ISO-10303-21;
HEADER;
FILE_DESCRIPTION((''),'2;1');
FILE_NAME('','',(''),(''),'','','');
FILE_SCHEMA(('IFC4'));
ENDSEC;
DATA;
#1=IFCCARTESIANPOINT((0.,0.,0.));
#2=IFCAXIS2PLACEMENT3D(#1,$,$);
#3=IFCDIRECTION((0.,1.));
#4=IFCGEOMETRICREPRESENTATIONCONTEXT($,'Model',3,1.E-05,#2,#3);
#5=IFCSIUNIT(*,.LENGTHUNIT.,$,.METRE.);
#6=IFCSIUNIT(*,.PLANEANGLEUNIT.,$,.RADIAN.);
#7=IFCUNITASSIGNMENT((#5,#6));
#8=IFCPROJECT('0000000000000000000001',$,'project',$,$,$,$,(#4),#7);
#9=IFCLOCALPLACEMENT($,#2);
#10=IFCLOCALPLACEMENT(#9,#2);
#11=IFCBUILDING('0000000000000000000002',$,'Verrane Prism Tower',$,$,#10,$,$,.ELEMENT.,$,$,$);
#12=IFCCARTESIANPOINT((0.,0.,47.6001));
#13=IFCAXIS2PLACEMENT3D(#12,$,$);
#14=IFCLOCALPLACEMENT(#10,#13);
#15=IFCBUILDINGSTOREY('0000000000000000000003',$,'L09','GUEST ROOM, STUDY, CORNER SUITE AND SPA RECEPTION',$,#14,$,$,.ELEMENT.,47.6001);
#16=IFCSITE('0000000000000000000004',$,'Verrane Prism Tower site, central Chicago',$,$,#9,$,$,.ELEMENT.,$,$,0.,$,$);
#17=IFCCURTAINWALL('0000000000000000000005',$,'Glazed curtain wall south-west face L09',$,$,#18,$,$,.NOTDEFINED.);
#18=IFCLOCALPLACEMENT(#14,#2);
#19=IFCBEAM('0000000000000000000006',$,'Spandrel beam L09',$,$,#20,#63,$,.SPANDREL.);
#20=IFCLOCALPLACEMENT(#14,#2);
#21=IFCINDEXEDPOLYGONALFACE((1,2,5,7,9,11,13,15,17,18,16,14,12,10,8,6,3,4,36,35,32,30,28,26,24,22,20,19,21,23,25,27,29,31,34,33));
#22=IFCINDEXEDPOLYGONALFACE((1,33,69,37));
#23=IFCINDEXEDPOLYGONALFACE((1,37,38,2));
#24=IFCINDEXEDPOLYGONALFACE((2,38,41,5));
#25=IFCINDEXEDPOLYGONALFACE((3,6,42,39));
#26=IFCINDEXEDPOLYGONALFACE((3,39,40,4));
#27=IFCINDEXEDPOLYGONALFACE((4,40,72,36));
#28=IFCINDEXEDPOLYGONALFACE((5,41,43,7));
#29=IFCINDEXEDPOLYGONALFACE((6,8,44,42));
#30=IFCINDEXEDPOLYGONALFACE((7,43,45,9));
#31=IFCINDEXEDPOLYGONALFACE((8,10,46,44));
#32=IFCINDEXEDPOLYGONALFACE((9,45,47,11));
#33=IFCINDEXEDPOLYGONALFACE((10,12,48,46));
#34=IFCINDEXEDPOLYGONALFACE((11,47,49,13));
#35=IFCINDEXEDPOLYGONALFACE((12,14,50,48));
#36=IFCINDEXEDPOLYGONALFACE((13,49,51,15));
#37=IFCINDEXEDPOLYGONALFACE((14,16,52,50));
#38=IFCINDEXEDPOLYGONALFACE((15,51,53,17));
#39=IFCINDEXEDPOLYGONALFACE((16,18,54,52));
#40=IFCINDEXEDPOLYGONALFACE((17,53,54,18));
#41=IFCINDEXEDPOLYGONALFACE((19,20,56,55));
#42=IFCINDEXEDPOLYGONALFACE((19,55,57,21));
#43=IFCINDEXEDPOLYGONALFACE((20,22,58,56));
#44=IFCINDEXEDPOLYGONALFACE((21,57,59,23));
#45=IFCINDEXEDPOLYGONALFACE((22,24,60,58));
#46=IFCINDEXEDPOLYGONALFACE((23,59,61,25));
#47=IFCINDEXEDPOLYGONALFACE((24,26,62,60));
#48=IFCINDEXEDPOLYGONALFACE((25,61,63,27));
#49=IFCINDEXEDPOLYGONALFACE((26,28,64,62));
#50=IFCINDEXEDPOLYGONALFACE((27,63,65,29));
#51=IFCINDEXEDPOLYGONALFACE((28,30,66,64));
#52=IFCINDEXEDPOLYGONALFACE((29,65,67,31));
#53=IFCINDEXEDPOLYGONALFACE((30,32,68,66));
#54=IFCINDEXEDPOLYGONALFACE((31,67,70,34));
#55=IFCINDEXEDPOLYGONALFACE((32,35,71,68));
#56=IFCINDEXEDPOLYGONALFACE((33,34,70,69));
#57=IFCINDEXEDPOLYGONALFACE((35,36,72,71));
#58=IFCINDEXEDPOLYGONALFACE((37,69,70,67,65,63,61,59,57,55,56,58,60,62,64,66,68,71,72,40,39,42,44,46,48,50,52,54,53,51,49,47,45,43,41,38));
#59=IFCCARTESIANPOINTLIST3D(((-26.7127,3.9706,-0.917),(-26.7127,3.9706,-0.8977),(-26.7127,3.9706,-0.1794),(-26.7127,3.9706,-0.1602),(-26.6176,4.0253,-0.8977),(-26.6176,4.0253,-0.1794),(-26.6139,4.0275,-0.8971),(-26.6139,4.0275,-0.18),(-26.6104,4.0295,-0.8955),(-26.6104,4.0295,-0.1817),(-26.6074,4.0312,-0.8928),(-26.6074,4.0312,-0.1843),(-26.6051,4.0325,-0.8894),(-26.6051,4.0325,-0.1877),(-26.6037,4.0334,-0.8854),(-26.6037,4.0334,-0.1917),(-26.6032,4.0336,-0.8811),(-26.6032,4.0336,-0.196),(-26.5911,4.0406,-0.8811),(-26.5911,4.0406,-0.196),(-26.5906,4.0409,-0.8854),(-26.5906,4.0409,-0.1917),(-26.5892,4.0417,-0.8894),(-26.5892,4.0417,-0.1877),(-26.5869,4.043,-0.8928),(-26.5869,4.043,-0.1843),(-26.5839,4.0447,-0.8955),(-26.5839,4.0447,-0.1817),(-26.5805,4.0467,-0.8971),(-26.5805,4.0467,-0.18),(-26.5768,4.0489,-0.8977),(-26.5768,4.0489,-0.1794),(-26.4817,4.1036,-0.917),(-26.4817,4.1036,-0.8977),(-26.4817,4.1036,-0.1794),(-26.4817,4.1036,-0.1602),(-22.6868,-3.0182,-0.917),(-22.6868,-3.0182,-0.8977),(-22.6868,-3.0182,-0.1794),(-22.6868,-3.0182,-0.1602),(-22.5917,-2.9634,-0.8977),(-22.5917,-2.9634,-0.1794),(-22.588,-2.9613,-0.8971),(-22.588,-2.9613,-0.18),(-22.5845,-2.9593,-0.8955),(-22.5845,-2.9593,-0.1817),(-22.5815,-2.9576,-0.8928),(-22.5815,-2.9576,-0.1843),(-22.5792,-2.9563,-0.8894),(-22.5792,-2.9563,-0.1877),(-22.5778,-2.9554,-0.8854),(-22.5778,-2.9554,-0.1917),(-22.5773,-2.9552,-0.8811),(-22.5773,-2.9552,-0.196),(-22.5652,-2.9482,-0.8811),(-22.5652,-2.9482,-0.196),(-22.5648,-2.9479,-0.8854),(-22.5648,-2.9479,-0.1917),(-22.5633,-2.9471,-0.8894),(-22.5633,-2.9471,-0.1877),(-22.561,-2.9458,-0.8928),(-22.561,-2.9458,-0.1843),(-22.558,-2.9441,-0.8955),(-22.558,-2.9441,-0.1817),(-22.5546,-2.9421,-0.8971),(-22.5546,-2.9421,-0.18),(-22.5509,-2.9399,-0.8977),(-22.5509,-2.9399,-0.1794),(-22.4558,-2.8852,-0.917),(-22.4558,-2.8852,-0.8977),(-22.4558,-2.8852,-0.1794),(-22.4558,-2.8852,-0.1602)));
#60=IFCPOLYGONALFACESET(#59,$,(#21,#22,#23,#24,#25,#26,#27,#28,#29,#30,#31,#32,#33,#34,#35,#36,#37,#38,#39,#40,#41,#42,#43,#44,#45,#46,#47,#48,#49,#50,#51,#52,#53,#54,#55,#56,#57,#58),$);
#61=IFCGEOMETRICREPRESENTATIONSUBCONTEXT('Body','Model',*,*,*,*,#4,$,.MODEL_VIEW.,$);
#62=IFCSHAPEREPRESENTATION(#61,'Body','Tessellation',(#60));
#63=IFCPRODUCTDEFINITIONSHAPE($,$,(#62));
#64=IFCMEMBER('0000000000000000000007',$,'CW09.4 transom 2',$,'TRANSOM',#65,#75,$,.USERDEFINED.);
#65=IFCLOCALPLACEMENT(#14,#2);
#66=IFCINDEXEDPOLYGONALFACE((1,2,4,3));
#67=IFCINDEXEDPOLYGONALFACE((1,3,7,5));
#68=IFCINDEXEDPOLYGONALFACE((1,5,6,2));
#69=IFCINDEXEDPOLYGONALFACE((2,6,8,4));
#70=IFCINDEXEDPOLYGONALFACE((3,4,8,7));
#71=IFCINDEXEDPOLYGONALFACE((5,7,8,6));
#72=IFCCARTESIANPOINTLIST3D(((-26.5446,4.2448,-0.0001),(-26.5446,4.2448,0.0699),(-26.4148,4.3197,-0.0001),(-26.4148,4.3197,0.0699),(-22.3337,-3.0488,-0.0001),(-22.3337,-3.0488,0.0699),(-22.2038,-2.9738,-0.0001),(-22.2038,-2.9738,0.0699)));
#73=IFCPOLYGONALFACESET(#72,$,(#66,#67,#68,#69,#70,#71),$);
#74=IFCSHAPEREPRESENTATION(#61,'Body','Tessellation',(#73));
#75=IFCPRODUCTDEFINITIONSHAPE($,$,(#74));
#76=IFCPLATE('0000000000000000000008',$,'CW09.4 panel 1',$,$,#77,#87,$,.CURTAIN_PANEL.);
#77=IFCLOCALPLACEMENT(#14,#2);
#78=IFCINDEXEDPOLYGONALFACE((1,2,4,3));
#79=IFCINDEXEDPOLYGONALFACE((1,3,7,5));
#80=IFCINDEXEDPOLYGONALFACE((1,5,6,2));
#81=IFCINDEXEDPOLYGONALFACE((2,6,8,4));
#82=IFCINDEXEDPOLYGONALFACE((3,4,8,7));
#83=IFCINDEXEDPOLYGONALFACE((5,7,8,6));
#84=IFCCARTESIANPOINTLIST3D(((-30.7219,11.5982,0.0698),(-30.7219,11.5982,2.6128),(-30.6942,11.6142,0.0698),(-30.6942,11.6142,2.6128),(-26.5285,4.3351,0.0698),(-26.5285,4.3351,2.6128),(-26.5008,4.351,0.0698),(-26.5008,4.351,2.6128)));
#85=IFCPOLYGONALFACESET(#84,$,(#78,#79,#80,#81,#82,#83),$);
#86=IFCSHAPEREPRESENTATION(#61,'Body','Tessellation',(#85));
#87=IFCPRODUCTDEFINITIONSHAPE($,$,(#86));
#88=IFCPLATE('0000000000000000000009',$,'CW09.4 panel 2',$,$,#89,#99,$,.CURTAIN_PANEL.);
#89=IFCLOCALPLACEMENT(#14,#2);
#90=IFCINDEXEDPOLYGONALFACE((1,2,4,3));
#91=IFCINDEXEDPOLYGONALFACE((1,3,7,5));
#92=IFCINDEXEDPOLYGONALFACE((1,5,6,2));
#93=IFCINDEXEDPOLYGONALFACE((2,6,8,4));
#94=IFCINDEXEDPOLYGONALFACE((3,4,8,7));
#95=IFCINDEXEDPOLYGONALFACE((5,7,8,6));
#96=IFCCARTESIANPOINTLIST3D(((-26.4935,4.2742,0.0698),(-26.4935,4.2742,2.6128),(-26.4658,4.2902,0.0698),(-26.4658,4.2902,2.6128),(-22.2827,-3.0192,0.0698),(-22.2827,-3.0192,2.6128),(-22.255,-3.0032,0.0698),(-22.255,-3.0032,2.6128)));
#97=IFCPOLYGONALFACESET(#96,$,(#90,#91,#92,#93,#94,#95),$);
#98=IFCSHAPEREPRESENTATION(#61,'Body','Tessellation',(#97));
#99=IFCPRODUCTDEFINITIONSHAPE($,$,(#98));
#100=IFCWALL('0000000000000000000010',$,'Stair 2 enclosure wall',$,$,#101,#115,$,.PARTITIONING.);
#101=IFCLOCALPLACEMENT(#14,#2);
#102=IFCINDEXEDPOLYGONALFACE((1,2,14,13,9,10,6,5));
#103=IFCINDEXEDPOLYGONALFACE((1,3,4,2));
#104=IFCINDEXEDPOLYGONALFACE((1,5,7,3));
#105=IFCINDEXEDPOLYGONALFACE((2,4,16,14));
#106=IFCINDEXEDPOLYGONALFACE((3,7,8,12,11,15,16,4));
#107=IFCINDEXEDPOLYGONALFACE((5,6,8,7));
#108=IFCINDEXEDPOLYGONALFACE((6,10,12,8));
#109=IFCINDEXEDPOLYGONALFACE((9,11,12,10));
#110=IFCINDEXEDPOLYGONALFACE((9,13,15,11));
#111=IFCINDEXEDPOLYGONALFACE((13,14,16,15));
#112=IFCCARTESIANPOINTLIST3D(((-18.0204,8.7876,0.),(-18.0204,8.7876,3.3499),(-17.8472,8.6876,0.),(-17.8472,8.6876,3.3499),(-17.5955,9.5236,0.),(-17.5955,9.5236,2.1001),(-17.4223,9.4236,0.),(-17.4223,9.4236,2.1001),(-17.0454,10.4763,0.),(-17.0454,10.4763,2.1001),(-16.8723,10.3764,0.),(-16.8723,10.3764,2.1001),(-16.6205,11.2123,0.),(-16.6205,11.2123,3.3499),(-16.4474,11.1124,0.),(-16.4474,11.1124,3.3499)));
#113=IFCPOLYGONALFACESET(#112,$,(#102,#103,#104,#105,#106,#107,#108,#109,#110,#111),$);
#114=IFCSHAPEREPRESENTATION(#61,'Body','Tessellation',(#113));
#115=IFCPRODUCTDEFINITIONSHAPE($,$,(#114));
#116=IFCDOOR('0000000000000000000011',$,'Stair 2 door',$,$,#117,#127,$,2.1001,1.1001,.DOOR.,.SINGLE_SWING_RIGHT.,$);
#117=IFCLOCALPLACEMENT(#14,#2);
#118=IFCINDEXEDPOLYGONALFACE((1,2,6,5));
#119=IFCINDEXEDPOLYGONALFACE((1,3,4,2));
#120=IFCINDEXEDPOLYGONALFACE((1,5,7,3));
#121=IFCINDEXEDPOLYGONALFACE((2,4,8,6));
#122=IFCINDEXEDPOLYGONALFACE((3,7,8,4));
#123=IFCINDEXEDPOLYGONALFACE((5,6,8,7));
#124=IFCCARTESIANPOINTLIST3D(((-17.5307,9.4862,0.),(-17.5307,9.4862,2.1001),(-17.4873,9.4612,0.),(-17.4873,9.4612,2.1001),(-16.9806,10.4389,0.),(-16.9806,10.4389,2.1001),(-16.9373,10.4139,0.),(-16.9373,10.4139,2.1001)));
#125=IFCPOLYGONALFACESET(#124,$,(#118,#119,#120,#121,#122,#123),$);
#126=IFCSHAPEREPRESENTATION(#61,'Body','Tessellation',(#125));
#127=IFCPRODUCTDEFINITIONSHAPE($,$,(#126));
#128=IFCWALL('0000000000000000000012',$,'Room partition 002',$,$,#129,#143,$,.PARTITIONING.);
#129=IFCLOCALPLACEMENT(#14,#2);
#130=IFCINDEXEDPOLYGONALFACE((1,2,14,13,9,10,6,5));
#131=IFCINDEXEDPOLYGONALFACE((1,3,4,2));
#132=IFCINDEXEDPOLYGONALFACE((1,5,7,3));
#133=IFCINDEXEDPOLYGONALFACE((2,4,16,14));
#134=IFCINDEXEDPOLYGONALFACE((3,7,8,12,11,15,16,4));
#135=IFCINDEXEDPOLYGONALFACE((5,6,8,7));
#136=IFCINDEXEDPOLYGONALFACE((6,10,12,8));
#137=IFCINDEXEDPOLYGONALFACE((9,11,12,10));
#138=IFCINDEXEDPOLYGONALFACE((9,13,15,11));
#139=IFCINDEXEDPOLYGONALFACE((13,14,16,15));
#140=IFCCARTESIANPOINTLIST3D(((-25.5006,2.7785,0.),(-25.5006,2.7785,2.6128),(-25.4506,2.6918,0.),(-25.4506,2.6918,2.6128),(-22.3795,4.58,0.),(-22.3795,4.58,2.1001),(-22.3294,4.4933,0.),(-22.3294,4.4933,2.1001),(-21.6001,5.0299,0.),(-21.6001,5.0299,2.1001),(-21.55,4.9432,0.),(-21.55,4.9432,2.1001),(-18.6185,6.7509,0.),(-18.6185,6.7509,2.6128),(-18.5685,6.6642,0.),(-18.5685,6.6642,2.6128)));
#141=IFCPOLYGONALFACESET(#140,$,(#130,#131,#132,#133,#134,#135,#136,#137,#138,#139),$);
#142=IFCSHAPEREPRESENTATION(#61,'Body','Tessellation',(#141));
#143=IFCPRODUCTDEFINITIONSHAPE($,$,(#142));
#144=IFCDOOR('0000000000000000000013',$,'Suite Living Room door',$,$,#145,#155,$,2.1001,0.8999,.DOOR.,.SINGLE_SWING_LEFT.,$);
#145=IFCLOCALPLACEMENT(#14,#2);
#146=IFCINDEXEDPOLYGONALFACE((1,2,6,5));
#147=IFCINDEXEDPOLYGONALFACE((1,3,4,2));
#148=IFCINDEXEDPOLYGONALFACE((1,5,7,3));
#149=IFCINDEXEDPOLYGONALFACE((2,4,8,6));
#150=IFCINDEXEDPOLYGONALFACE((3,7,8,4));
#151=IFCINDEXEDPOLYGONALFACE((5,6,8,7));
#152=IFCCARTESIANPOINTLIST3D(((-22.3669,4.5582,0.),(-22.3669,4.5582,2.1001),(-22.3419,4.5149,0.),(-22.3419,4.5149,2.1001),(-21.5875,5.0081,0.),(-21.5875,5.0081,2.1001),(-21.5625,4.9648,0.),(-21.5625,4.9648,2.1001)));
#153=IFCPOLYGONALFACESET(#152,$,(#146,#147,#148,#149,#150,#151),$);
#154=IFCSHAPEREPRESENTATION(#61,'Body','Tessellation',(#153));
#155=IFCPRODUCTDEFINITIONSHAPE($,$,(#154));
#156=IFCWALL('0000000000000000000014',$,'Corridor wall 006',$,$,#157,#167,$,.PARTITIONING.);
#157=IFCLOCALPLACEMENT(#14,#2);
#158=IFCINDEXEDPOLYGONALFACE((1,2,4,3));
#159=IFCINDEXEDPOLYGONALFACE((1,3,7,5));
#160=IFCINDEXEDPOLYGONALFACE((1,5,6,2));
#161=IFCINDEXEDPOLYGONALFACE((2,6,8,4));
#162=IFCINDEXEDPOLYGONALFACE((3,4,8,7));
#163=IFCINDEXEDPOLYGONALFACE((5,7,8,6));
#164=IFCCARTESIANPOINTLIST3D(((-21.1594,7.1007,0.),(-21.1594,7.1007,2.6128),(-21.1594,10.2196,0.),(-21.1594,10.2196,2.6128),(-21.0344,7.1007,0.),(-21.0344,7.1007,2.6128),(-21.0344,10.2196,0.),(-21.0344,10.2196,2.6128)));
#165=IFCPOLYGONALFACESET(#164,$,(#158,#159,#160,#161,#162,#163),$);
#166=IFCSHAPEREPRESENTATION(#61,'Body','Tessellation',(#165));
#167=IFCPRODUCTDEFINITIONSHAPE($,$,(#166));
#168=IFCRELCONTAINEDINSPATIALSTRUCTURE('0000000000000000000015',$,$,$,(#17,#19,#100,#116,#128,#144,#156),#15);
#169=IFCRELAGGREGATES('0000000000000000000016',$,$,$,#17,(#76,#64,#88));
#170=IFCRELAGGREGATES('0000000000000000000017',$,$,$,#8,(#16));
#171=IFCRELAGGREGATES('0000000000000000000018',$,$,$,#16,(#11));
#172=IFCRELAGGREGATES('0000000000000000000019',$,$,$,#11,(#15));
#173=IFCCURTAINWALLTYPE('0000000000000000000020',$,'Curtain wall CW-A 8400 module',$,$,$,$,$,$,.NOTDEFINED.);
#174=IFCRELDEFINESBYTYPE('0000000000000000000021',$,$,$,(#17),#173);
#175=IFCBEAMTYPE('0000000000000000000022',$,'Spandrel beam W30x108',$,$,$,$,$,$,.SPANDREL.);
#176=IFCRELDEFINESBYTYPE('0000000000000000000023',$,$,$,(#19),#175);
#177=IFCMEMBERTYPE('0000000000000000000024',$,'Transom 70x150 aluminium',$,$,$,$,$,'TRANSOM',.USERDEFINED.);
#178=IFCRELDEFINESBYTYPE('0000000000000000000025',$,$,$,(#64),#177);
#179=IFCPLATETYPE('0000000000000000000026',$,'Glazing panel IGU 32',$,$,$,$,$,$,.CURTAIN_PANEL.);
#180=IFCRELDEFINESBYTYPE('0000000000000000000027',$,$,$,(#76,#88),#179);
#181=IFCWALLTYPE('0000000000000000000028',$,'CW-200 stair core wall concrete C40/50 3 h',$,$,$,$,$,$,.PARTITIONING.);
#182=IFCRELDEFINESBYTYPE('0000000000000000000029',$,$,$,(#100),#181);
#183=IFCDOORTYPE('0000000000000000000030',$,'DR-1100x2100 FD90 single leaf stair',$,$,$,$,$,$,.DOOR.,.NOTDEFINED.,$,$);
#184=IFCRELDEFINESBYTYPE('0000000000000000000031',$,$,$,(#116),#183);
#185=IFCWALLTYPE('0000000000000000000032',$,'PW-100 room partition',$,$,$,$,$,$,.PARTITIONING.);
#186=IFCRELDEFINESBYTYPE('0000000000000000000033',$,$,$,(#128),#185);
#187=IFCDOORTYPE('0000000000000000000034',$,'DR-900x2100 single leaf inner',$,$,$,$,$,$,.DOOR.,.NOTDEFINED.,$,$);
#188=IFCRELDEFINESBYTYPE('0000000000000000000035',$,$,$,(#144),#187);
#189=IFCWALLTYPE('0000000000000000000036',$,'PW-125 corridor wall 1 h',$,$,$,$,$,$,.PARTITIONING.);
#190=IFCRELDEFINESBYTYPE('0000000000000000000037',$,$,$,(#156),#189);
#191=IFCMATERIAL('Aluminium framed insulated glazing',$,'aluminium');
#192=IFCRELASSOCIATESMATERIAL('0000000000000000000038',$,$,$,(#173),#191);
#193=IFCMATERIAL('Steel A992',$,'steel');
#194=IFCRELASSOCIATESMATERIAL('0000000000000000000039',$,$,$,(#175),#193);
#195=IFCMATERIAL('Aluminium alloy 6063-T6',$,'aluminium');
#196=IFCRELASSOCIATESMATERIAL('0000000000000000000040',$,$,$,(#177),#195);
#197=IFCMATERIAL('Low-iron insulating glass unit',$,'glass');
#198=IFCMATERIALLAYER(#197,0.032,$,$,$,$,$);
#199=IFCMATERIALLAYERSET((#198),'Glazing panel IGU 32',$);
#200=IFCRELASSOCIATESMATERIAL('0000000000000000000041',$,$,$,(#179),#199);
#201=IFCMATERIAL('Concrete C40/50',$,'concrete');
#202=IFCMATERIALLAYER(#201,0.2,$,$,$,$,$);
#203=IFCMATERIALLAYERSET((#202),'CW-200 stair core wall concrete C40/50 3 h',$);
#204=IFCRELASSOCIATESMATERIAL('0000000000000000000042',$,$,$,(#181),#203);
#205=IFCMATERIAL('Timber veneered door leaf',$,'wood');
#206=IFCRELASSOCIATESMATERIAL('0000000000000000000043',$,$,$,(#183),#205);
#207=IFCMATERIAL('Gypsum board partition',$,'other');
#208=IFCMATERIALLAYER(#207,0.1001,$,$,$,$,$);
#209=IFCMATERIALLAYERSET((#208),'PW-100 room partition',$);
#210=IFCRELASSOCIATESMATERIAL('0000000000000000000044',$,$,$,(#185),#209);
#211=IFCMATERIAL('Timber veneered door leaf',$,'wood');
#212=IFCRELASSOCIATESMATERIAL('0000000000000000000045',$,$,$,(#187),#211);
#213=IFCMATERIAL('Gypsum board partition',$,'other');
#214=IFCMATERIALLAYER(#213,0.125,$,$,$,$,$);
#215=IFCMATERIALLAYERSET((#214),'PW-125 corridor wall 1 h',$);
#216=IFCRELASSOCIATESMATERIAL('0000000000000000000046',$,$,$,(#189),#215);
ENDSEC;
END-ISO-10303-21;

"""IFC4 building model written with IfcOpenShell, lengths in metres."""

from ifc_helpers import new_model, si_unit, direction, frame, frame_2d, origin, origin_2d, place, context, subcontext, project, spatial, rectangle, i_section, extrude, material, layer, layer_set, material_profile, profile_set, type_object, element, fill, aggregate, save


model = new_model("IFC4")

# Units and contexts
model_context = context("Model", 3, precision=1e-05, world=origin(), true_north=direction((0.0, 1.0)))
body_context = subcontext(model_context, "Body", "Model", "MODEL_VIEW")
ifc_project = project(units=[si_unit("LENGTHUNIT", "METRE"), si_unit("PLANEANGLEUNIT", "RADIAN")], contexts=[model_context])

# Site, building, storey
site_placement = place(None, origin())
site = spatial("IfcSite", under=ifc_project, at=site_placement, Name="Verrane Prism Tower site, central Chicago", CompositionType="ELEMENT", RefElevation=0.0)
building_placement = place(site_placement, origin())
building = spatial("IfcBuilding", under=site, at=building_placement, Name="Verrane Prism Tower", CompositionType="ELEMENT")
storey_placement = place(building_placement, frame((0.0, 0.0, 47.6001)))
storey = spatial("IfcBuildingStorey", under=building, at=storey_placement, Name="L09", Description="GUEST ROOM, STUDY, CORNER SUITE AND SPA RECEPTION", CompositionType="ELEMENT", Elevation=47.6001)

# Curtain wall
ifc_material_1 = material(Name="Aluminium framed insulated glazing", Category="aluminium")
curtain_wall_type = type_object("IfcCurtainWallType", Name="Curtain wall CW-A 8400 module", PredefinedType="NOTDEFINED", material=ifc_material_1)
curtain_wall_placement = place(storey_placement, origin())
curtain_wall = element("IfcCurtainWall", 1, at=curtain_wall_placement, inside=storey, type_object=curtain_wall_type, Name="Glazed curtain wall south-west face L09", PredefinedType="NOTDEFINED")

# Beam
ifc_material_2 = material(Name="Steel A992", Category="steel")
ifc_material_profile_1 = material_profile(ifc_material_2, i_section(OverallWidth=0.2666, OverallDepth=0.7568, WebThickness=0.0139, FlangeThickness=0.0193, FilletRadius=0.0166, at=origin_2d()), Name="W30x108")
ifc_profile_set_1 = profile_set([ifc_material_profile_1], Name="Steel A992")
beam_type_1 = type_object("IfcBeamType", Name="Spandrel beam W30x108", PredefinedType="SPANDREL", material=ifc_profile_set_1)
beam_1_placement = place(storey_placement, frame((-26.5972, 4.0371, -0.5386), z_axis=(0.499155, -0.866513, 0.0), x_axis=(0.866513, 0.499155, 0.0)))
element("IfcBeam", 2, at=beam_1_placement, inside=storey, type_object=beam_type_1, Name="Spandrel beam L09", PredefinedType="SPANDREL", context=body_context, shape_type="SweptSolid", body=[
    extrude(i_section(OverallWidth=0.2666, OverallDepth=0.7568, WebThickness=0.0139, FlangeThickness=0.0193, FilletRadius=0.0166, at=origin_2d()), origin(), (0.0, 0.0, 1.0), 8.0654),
])

# Member
ifc_material_3 = material(Name="Aluminium alloy 6063-T6", Category="aluminium")
ifc_material_profile_2 = material_profile(ifc_material_3, rectangle(XDim=0.1499, YDim=0.0701, at=origin_2d()), Name="Transom 70x150 aluminium")
ifc_profile_set_2 = profile_set([ifc_material_profile_2], Name="Aluminium alloy 6063-T6")
member_type_1 = type_object("IfcMemberType", Name="Transom 70x150 aluminium", ElementType="TRANSOM", PredefinedType="USERDEFINED", material=ifc_profile_set_2)
member_1_placement = place(storey_placement, frame((-26.4797, 4.2822, 0.0349), z_axis=(0.500005, -0.866022, 0.0), x_axis=(0.866022, 0.500005, 0.0)))
member_1 = element("IfcMember", 3, at=member_1_placement, type_object=member_type_1, Name="CW09.4 transom 2", ObjectType="TRANSOM", PredefinedType="USERDEFINED", context=body_context, shape_type="SweptSolid", body=[
    extrude(rectangle(XDim=0.1499, YDim=0.0701, at=origin_2d()), origin(), (0.0, 0.0, 1.0), 8.4219),
])

# Plates
ifc_material_4 = material(Name="Low-iron insulating glass unit", Category="glass")
ifc_layer_1 = layer(ifc_material_4, 0.032)
ifc_layer_set_1 = layer_set([ifc_layer_1], Name="Glazing panel IGU 32")
plate_type = type_object("IfcPlateType", Name="Glazing panel IGU 32", PredefinedType="CURTAIN_PANEL", material=ifc_layer_set_1)
plate_1_placement = place(storey_placement, frame((-28.6113, 7.9746, 0.0698), z_axis=(0.0, 0.0, 1.0), x_axis=(0.499999, -0.866026, 0.0)))
plate_1 = element("IfcPlate", 4, at=plate_1_placement, type_object=plate_type, Name="CW09.4 panel 1", PredefinedType="CURTAIN_PANEL", context=body_context, shape_type="SweptSolid", body=[
    extrude(rectangle(XDim=8.3867, YDim=0.032, at=origin_2d()), origin(), (0.0, 0.0, 1.0), 2.543),
])
plate_2_placement = place(storey_placement, frame((-24.3743, 0.6355, 0.0698), z_axis=(0.0, 0.0, 1.0), x_axis=(0.499999, -0.866026, 0.0)))
plate_2 = element("IfcPlate", 5, at=plate_2_placement, type_object=plate_type, Name="CW09.4 panel 2", PredefinedType="CURTAIN_PANEL", context=body_context, shape_type="SweptSolid", body=[
    extrude(rectangle(XDim=8.4216, YDim=0.032, at=origin_2d()), origin(), (0.0, 0.0, 1.0), 2.543),
])
aggregate(curtain_wall, [plate_1, member_1, plate_2])

# Walls, openings, doors
ifc_material_5 = material(Name="Concrete C40/50", Category="concrete")
ifc_layer_2 = layer(ifc_material_5, 0.2)
ifc_layer_set_2 = layer_set([ifc_layer_2], Name="CW-200 stair core wall concrete C40/50 3 h")
wall_type_1 = type_object("IfcWallType", Name="CW-200 stair core wall concrete C40/50 3 h", PredefinedType="PARTITIONING", material=ifc_layer_set_2)
wall_1_placement = place(storey_placement, frame((-16.5339, 11.1624, 0.0), z_axis=(0.0, 0.0, 1.0), x_axis=(-0.499984, -0.866035, 0.0)))
wall_1 = element("IfcWall", 6, at=wall_1_placement, inside=storey, type_object=wall_type_1, Name="Stair 2 enclosure wall", PredefinedType="PARTITIONING", context=body_context, shape_type="SweptSolid", body=[
    extrude(rectangle(XDim=2.7998, YDim=0.2, at=frame_2d((1.3999, 0.0))), origin(), (0.0, 0.0, 1.0), 3.3499),
])
opening_1_placement = place(wall_1_placement, frame((0.8499, 0.0, 0.0)))
opening_1 = element("IfcOpeningElement", 7, at=opening_1_placement, cuts=wall_1, PredefinedType="OPENING", context=body_context, shape_type="SweptSolid", body=[
    extrude(rectangle(XDim=1.1001, YDim=2.1001, at=frame_2d((0.55, 1.05))), frame((0.0, 0.1099, 0.0), z_axis=(0.0, -1.0, 0.0), x_axis=(1.0, 0.0, 0.0)), (0.0, 0.0, 1.0), 0.22),
])
ifc_material_6 = material(Name="Timber veneered door leaf", Category="wood")
door_type_1 = type_object("IfcDoorType", Name="DR-1100x2100 FD90 single leaf stair", OperationType="NOTDEFINED", PredefinedType="DOOR", material=ifc_material_6)
door_1_placement = place(opening_1_placement, origin())
door_1 = element("IfcDoor", 8, at=door_1_placement, inside=storey, type_object=door_type_1, Name="Stair 2 door", OperationType="SINGLE_SWING_RIGHT", OverallHeight=2.1001, OverallWidth=1.1001, PredefinedType="DOOR", context=body_context, shape_type="SweptSolid", body=[
    extrude(rectangle(XDim=1.1001, YDim=2.1001, at=frame_2d((0.55, 1.05))), frame((0.0, 0.0249, 0.0), z_axis=(0.0, -1.0, 0.0), x_axis=(1.0, 0.0, 0.0)), (0.0, 0.0, 1.0), 0.05),
])
fill(opening_1, door_1)
ifc_material_7 = material(Name="Gypsum board partition", Category="other")
ifc_layer_3 = layer(ifc_material_7, 0.1001)
ifc_layer_set_3 = layer_set([ifc_layer_3], Name="PW-100 room partition")
wall_type_2 = type_object("IfcWallType", Name="PW-100 room partition", PredefinedType="PARTITIONING", material=ifc_layer_set_3)
wall_2_placement = place(storey_placement, frame((-25.4756, 2.7351, 0.0), z_axis=(0.0, 0.0, 1.0), x_axis=(0.866078, 0.49991, 0.0)))
wall_2 = element("IfcWall", 9, at=wall_2_placement, inside=storey, type_object=wall_type_2, Name="Room partition 002", PredefinedType="PARTITIONING", context=body_context, shape_type="SweptSolid", body=[
    extrude(rectangle(XDim=7.9463, YDim=0.1001, at=frame_2d((3.9731, 0.0))), origin(), (0.0, 0.0, 1.0), 2.6128),
])
opening_2_placement = place(wall_2_placement, frame((3.6038, 0.0, 0.0)))
opening_2 = element("IfcOpeningElement", 10, at=opening_2_placement, cuts=wall_2, PredefinedType="OPENING", context=body_context, shape_type="SweptSolid", body=[
    extrude(rectangle(XDim=0.8999, YDim=2.1001, at=frame_2d((0.45, 1.05))), frame((0.0, 0.0601, 0.0), z_axis=(0.0, -1.0, 0.0), x_axis=(1.0, 0.0, 0.0)), (0.0, 0.0, 1.0), 0.1201),
])
ifc_material_8 = material(Name="Timber veneered door leaf", Category="wood")
door_type_2 = type_object("IfcDoorType", Name="DR-900x2100 single leaf inner", OperationType="NOTDEFINED", PredefinedType="DOOR", material=ifc_material_8)
door_2_placement = place(opening_2_placement, origin())
door_2 = element("IfcDoor", 11, at=door_2_placement, inside=storey, type_object=door_type_2, Name="Suite Living Room door", OperationType="SINGLE_SWING_LEFT", OverallHeight=2.1001, OverallWidth=0.8999, PredefinedType="DOOR", context=body_context, shape_type="SweptSolid", body=[
    extrude(rectangle(XDim=0.8999, YDim=2.1001, at=frame_2d((0.45, 1.05))), frame((0.0, 0.0249, 0.0), z_axis=(0.0, -1.0, 0.0), x_axis=(1.0, 0.0, 0.0)), (0.0, 0.0, 1.0), 0.05),
])
fill(opening_2, door_2)

# Wall
ifc_material_9 = material(Name="Gypsum board partition", Category="other")
ifc_layer_4 = layer(ifc_material_9, 0.125)
ifc_layer_set_4 = layer_set([ifc_layer_4], Name="PW-125 corridor wall 1 h")
wall_type_3 = type_object("IfcWallType", Name="PW-125 corridor wall 1 h", PredefinedType="PARTITIONING", material=ifc_layer_set_4)
wall_3_placement = place(storey_placement, frame((-21.0969, 7.1006, 0.0), z_axis=(0.0, 0.0, 1.0), x_axis=(0.0, 1.0, 0.0)))
element("IfcWall", 12, at=wall_3_placement, inside=storey, type_object=wall_type_3, Name="Corridor wall 006", PredefinedType="PARTITIONING", context=body_context, shape_type="SweptSolid", body=[
    extrude(rectangle(XDim=3.1189, YDim=0.125, at=frame_2d((1.5596, 0.0))), origin(), (0.0, 0.0, 1.0), 2.6128),
])

save(model, "model.ifc")
